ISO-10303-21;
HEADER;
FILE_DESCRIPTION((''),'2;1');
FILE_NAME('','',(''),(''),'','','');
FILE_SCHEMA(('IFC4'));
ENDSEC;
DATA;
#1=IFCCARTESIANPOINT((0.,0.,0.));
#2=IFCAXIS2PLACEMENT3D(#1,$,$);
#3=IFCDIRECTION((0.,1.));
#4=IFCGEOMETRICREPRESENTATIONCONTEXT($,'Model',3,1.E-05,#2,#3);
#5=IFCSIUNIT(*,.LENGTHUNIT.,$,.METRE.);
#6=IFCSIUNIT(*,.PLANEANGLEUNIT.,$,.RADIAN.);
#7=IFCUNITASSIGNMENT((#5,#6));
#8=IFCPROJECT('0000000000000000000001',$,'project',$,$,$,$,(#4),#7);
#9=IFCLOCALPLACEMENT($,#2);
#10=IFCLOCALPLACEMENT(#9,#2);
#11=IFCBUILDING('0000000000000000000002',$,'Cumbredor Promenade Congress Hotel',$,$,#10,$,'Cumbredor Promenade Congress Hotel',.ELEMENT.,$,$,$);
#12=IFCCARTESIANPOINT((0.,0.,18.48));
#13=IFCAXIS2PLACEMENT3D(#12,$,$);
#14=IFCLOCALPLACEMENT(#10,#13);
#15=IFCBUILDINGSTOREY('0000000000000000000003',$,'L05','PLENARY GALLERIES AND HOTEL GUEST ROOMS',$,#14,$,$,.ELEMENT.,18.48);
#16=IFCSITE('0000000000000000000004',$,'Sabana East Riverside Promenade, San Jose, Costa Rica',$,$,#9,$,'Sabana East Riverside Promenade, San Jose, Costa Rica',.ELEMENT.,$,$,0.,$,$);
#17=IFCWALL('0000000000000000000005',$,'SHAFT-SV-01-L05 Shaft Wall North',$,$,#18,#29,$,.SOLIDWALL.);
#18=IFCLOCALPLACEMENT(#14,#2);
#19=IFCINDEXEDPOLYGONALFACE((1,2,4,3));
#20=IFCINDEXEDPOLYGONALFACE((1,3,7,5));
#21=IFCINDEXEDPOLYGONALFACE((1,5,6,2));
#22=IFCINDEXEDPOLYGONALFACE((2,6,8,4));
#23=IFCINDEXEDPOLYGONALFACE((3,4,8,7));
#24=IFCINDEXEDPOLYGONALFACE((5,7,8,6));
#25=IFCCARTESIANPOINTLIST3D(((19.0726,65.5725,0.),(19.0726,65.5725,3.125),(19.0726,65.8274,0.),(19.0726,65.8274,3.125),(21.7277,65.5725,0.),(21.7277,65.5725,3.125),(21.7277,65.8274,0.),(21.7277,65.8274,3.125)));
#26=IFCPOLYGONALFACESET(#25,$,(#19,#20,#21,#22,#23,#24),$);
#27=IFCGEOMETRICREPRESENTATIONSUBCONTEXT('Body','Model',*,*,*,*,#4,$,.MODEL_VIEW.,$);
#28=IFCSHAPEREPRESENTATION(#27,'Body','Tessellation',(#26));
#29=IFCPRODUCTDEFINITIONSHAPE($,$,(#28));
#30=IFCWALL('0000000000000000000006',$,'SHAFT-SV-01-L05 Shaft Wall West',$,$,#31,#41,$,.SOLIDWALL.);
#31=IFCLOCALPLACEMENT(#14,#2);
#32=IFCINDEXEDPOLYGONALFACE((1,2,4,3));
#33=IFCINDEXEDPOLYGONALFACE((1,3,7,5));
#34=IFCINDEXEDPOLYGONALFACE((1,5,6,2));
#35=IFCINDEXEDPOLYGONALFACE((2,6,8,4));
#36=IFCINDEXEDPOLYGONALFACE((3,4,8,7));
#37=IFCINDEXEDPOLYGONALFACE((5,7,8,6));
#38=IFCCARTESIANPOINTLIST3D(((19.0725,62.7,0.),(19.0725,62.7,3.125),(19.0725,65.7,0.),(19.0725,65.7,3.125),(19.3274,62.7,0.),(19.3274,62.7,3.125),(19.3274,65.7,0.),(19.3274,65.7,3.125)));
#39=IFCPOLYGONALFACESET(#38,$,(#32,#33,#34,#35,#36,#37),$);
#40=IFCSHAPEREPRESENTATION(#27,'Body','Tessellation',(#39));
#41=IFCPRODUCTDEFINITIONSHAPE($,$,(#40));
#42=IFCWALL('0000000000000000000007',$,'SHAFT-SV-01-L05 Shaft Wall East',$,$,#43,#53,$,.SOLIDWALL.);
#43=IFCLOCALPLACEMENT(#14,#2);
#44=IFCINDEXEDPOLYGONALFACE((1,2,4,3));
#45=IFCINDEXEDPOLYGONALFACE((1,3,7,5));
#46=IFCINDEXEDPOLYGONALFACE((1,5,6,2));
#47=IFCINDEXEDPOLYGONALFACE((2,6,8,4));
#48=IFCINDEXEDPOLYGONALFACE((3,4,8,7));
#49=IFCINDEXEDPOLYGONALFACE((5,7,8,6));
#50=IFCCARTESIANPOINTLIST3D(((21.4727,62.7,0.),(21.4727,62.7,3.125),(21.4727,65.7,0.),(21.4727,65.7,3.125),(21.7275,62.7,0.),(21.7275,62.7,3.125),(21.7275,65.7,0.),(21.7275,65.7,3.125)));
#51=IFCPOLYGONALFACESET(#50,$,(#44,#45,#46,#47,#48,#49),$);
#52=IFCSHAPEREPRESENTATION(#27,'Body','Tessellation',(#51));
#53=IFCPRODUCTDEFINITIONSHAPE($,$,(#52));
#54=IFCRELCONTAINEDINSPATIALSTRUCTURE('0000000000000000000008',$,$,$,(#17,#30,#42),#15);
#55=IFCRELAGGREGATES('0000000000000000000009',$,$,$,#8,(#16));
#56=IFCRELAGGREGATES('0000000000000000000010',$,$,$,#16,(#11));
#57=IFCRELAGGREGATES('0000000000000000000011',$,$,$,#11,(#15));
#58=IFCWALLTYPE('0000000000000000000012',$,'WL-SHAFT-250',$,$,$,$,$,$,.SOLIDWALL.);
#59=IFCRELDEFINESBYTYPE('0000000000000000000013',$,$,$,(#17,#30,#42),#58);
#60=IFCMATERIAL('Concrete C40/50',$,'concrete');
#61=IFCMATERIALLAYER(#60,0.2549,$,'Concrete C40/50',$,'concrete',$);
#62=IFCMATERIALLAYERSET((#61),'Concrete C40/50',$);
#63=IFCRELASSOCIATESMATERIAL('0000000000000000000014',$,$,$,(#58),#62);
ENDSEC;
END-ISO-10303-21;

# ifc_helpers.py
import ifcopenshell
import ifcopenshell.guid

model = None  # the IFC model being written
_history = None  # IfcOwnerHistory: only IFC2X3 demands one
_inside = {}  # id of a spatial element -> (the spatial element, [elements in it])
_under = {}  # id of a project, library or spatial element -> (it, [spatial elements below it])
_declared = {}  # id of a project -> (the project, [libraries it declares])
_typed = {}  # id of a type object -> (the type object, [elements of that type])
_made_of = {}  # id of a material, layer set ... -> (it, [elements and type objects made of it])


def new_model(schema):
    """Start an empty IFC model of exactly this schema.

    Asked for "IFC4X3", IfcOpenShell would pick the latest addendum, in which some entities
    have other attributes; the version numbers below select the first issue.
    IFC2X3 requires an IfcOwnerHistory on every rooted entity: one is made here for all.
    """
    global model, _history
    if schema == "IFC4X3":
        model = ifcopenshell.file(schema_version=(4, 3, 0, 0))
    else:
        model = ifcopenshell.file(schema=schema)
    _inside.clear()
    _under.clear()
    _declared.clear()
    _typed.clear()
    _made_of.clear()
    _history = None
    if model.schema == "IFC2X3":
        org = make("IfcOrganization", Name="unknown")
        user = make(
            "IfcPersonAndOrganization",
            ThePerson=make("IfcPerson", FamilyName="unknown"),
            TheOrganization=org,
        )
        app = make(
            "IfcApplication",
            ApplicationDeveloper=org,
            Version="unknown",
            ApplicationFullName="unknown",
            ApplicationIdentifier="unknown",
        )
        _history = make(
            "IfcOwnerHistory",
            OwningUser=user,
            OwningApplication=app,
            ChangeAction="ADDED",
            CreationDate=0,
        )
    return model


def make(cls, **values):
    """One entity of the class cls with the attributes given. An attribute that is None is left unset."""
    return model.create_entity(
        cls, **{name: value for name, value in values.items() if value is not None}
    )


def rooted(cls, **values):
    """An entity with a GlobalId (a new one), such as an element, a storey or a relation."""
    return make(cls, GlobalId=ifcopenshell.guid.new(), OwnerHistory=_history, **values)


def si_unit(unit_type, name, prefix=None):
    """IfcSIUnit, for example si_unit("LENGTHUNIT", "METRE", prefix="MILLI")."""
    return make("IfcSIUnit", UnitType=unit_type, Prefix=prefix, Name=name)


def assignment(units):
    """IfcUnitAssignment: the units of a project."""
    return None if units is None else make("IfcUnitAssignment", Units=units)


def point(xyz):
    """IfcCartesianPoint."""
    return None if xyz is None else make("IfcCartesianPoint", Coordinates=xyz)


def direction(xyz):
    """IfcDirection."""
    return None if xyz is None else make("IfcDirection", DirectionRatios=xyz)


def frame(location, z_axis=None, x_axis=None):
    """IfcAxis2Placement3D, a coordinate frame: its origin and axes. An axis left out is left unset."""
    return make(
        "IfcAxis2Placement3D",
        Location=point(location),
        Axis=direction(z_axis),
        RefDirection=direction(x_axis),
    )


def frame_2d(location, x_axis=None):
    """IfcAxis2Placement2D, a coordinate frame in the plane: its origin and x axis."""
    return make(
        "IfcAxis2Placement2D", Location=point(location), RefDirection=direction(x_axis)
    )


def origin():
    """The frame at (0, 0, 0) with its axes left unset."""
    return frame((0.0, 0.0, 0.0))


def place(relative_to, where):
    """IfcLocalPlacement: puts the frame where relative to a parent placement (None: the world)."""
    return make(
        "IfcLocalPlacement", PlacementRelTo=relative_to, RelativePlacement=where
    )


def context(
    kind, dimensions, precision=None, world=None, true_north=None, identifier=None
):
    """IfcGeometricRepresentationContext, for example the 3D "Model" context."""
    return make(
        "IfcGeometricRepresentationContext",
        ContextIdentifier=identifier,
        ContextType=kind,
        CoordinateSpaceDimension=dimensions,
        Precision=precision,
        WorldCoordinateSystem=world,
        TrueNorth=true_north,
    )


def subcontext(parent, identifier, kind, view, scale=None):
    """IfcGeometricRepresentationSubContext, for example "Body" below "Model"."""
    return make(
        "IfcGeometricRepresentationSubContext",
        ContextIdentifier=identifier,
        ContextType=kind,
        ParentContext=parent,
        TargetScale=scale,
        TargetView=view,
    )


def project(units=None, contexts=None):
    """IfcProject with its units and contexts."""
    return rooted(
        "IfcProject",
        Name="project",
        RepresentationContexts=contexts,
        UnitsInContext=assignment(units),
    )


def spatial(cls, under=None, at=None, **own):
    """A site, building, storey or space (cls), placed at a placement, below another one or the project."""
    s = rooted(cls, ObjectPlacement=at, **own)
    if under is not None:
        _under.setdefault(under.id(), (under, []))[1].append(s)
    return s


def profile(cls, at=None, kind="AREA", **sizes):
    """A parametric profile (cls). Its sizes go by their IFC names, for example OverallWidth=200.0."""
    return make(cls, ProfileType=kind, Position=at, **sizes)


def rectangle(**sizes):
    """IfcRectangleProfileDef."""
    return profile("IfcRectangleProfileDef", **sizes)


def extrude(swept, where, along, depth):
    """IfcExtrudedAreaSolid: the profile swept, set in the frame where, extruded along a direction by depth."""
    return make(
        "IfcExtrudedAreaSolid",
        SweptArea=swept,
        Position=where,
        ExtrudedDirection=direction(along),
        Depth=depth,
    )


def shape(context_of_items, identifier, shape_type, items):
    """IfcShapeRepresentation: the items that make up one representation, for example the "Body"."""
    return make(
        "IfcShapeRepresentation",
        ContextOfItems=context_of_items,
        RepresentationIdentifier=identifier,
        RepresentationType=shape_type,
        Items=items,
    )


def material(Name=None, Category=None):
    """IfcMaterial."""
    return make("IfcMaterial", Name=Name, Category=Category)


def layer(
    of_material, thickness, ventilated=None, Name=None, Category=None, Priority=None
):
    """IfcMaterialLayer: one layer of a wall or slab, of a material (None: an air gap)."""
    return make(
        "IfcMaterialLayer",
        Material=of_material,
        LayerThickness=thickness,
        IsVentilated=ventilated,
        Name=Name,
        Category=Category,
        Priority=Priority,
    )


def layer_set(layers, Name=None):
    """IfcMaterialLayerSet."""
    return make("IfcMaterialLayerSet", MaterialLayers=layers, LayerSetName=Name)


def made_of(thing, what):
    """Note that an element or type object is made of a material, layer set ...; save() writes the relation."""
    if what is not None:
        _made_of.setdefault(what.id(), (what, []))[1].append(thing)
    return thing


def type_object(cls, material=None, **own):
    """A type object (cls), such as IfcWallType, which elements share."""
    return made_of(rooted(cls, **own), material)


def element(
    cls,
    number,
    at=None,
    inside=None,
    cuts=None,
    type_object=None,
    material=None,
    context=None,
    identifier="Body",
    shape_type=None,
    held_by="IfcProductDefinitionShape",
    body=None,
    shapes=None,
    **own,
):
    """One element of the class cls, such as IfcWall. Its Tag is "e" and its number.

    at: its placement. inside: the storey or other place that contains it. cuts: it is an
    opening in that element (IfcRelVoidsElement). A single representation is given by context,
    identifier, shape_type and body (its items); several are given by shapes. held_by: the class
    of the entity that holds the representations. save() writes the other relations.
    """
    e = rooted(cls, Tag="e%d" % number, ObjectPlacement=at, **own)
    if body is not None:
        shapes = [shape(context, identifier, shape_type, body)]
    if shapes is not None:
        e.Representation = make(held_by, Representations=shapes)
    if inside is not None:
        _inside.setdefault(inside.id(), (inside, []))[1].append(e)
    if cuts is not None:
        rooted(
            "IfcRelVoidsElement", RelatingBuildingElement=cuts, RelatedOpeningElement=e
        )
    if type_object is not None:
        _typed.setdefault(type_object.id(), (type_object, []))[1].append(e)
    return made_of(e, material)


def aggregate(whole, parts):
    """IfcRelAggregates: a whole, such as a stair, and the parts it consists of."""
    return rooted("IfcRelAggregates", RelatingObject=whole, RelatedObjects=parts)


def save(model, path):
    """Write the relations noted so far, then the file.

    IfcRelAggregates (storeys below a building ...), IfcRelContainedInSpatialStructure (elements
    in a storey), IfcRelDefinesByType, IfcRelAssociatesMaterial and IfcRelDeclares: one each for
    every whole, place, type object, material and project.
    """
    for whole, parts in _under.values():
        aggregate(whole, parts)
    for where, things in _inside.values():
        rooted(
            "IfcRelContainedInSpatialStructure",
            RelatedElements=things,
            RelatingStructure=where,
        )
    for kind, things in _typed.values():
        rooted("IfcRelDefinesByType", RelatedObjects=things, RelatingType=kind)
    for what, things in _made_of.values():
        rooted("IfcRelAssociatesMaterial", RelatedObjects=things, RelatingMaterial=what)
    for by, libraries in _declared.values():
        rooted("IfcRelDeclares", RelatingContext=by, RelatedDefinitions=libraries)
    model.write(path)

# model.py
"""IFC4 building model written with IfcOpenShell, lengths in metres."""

from ifc_helpers import new_model, si_unit, direction, frame, frame_2d, origin, place, context, subcontext, project, spatial, rectangle, extrude, material, layer, layer_set, type_object, element, save


model = new_model("IFC4")

# Units and contexts
model_context = context("Model", 3, precision=1e-05, world=origin(), true_north=direction((0.0, 1.0)))
body_context = subcontext(model_context, "Body", "Model", "MODEL_VIEW")
ifc_project = project(units=[si_unit("LENGTHUNIT", "METRE"), si_unit("PLANEANGLEUNIT", "RADIAN")], contexts=[model_context])

# Site, building, storey
site_placement = place(None, origin())
site = spatial("IfcSite", under=ifc_project, at=site_placement, Name="Sabana East Riverside Promenade, San Jose, Costa Rica", LongName="Sabana East Riverside Promenade, San Jose, Costa Rica", CompositionType="ELEMENT", RefElevation=0.0)
building_placement = place(site_placement, origin())
building = spatial("IfcBuilding", under=site, at=building_placement, Name="Cumbredor Promenade Congress Hotel", LongName="Cumbredor Promenade Congress Hotel", CompositionType="ELEMENT")
storey_placement = place(building_placement, frame((0.0, 0.0, 18.48)))
storey = spatial("IfcBuildingStorey", under=building, at=storey_placement, Name="L05", Description="PLENARY GALLERIES AND HOTEL GUEST ROOMS", CompositionType="ELEMENT", Elevation=18.48)

# Shared definitions
ifc_material_1 = material(Name="Concrete C40/50", Category="concrete")

# Shared definitions
ifc_layer_1 = layer(ifc_material_1, 0.2549, Name="Concrete C40/50", Category="concrete")
ifc_layer_set_1 = layer_set([ifc_layer_1], Name="Concrete C40/50")
wall_type_1 = type_object("IfcWallType", Name="WL-SHAFT-250", PredefinedType="SOLIDWALL", material=ifc_layer_set_1)

# Walls
wall_1_placement = place(storey_placement, frame((19.0725, 65.7, 0.0), z_axis=(0.0, 0.0, 1.0), x_axis=(1.0, 0.0, 0.0)))
element("IfcWall", 1, at=wall_1_placement, inside=storey, type_object=wall_type_1, Name="SHAFT-SV-01-L05 Shaft Wall North", PredefinedType="SOLIDWALL", context=body_context, shape_type="SweptSolid", body=[
    extrude(rectangle(XDim=2.655, YDim=0.2549, at=frame_2d((1.3276, 0.0))), origin(), (0.0, 0.0, 1.0), 3.125),
])
for number, where, z_axis, x_axis, name in (
    (2, (19.2, 62.7, 0.0), (0.0, 0.0, 1.0), (0.0, 1.0, 0.0), "SHAFT-SV-01-L05 Shaft Wall West"),
    (3, (21.6001, 62.7, 0.0), (0.0, 0.0, 1.0), (0.0, 1.0, 0.0), "SHAFT-SV-01-L05 Shaft Wall East"),
):
    element("IfcWall", number, at=place(storey_placement, frame(where, z_axis=z_axis, x_axis=x_axis)), inside=storey, type_object=wall_type_1, Name=name, PredefinedType="SOLIDWALL", context=body_context, shape_type="SweptSolid", body=[
        extrude(rectangle(XDim=3.0, YDim=0.2549, at=frame_2d((1.5, 0.0))), origin(), (0.0, 0.0, 1.0), 3.125),
    ])

save(model, "model.ifc")
